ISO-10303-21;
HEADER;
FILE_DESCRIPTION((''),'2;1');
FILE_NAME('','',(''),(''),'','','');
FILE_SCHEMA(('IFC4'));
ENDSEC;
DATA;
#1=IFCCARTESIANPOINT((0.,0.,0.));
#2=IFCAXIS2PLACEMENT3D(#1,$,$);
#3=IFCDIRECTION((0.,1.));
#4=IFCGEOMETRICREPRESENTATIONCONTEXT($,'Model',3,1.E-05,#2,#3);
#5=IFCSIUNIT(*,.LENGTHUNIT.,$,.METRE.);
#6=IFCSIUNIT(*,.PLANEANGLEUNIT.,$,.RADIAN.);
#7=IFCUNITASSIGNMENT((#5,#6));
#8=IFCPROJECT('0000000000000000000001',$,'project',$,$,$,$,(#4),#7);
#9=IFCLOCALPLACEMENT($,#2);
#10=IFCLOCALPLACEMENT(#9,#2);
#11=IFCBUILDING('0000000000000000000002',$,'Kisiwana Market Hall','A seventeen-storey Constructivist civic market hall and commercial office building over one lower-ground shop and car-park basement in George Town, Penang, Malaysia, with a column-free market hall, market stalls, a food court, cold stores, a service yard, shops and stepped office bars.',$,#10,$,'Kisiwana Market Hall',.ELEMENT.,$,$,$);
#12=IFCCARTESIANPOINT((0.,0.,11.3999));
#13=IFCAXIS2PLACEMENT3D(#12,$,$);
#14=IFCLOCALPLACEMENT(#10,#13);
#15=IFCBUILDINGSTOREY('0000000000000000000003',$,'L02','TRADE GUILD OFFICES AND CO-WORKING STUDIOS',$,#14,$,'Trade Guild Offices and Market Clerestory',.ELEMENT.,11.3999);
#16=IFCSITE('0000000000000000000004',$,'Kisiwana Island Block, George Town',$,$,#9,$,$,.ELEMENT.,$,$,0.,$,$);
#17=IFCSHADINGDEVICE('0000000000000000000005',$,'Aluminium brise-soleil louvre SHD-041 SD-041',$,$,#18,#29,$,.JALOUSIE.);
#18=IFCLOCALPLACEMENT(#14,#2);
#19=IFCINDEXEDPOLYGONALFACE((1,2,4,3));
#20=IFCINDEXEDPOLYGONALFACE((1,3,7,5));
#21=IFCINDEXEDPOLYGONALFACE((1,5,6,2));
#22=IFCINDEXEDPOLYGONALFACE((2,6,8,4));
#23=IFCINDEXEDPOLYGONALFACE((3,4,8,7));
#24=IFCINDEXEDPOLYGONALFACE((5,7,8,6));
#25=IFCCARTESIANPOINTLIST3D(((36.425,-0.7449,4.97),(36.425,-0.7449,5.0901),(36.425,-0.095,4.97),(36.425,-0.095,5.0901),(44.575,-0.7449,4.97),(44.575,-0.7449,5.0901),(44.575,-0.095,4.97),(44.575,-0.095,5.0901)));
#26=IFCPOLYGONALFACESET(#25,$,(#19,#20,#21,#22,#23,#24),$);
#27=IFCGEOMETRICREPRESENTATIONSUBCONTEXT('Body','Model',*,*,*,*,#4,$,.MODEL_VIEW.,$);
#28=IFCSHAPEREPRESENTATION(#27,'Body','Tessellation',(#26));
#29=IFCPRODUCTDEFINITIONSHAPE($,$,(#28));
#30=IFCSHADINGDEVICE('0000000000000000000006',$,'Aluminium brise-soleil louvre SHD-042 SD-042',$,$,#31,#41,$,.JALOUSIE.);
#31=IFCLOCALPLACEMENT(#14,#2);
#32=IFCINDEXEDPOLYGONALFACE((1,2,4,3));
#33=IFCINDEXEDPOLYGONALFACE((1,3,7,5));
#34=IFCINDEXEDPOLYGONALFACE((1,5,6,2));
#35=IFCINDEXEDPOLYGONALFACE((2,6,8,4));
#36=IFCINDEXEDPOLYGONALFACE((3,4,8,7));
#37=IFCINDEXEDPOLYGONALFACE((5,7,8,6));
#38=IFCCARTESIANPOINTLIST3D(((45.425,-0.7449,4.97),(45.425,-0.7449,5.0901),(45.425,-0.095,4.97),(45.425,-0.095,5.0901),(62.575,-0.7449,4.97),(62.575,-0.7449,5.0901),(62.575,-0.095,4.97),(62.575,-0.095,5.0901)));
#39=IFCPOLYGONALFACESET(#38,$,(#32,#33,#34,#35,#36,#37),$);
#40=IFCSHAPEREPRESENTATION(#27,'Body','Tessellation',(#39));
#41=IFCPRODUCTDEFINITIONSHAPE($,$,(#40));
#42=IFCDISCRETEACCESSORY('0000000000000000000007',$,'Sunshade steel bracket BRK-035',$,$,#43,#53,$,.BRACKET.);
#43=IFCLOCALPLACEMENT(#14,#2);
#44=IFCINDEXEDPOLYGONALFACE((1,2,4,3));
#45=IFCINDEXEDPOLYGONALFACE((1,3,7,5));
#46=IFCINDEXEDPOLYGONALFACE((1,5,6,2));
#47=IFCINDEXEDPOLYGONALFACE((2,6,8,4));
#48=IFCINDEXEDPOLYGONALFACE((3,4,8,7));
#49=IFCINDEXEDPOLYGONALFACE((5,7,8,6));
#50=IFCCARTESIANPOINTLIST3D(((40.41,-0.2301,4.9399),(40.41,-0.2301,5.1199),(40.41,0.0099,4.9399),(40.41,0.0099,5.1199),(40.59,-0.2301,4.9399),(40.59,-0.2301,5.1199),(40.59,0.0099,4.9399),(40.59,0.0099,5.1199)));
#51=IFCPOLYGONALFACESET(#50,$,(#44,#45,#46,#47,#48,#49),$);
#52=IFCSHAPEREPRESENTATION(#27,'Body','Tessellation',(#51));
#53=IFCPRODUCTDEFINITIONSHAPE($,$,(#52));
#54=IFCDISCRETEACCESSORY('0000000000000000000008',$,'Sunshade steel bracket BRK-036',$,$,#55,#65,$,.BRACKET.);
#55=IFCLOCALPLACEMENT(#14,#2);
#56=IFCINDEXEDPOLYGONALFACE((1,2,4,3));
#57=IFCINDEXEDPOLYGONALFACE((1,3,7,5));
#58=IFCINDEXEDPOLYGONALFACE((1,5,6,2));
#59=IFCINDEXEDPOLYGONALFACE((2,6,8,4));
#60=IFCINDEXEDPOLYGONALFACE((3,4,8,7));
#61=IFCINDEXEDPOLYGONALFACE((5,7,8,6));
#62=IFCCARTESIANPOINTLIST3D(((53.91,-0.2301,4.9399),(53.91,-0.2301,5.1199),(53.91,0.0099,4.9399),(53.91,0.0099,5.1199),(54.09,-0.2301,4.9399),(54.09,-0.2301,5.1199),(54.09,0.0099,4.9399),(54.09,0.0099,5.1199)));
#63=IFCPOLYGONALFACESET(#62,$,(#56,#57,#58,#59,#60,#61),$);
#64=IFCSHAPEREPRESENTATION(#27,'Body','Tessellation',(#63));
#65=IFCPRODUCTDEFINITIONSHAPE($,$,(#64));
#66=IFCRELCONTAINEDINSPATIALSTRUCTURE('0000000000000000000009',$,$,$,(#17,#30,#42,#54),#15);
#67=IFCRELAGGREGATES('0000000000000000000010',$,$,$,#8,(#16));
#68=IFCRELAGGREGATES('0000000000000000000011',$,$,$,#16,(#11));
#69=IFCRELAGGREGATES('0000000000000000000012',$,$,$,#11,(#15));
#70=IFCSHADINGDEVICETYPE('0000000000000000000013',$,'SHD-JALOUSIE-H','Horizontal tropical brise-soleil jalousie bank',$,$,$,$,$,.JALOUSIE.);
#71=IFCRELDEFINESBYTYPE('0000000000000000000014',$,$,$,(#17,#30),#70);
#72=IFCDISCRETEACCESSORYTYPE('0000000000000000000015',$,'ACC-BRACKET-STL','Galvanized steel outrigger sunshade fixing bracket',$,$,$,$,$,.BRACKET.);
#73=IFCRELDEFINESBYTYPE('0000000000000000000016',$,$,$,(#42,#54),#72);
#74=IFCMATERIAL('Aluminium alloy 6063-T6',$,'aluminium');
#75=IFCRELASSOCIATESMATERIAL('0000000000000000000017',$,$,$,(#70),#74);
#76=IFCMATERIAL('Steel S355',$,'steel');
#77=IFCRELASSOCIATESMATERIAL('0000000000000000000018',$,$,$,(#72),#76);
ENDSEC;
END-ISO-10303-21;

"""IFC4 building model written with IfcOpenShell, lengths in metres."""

from ifc_helpers import new_model, si_unit, direction, frame, origin, origin_2d, place, context, subcontext, project, spatial, rectangle, extrude, material, type_object, element, save


model = new_model("IFC4")

# Units and contexts
model_context = context("Model", 3, precision=1e-05, world=origin(), true_north=direction((0.0, 1.0)))
body_context = subcontext(model_context, "Body", "Model", "MODEL_VIEW")
ifc_project = project(units=[si_unit("LENGTHUNIT", "METRE"), si_unit("PLANEANGLEUNIT", "RADIAN")], contexts=[model_context])

# Site, building, storey
site_placement = place(None, origin())
site = spatial("IfcSite", under=ifc_project, at=site_placement, Name="Kisiwana Island Block, George Town", CompositionType="ELEMENT", RefElevation=0.0)
building_placement = place(site_placement, origin())
building = spatial("IfcBuilding", under=site, at=building_placement, Name="Kisiwana Market Hall", Description="A seventeen-storey Constructivist civic market hall and commercial office building over one lower-ground shop and car-park basement in George Town, Penang, Malaysia, with a column-free market hall, market stalls, a food court, cold stores, a service yard, shops and stepped office bars.", LongName="Kisiwana Market Hall", CompositionType="ELEMENT")
storey_placement = place(building_placement, frame((0.0, 0.0, 11.3999)))
storey = spatial("IfcBuildingStorey", under=building, at=storey_placement, Name="L02", Description="TRADE GUILD OFFICES AND CO-WORKING STUDIOS", LongName="Trade Guild Offices and Market Clerestory", CompositionType="ELEMENT", Elevation=11.3999)

# Shading devices
ifc_material_1 = material(Name="Aluminium alloy 6063-T6", Category="aluminium")
shading_device_type = type_object("IfcShadingDeviceType", Name="SHD-JALOUSIE-H", Description="Horizontal tropical brise-soleil jalousie bank", PredefinedType="JALOUSIE", material=ifc_material_1)
shading_device_1_placement = place(storey_placement, frame((40.5, -0.4199, 4.97), z_axis=(0.0, 0.0, 1.0), x_axis=(1.0, 0.0, 0.0)))
element("IfcShadingDevice", 1, at=shading_device_1_placement, inside=storey, type_object=shading_device_type, Name="Aluminium brise-soleil louvre SHD-041 SD-041", PredefinedType="JALOUSIE", context=body_context, shape_type="SweptSolid", body=[
    extrude(rectangle(XDim=8.1499, YDim=0.6499, at=origin_2d()), origin(), (0.0, 0.0, 1.0), 0.1201),
])
shading_device_2_placement = place(storey_placement, frame((54.0, -0.4199, 4.97), z_axis=(0.0, 0.0, 1.0), x_axis=(1.0, 0.0, 0.0)))
element("IfcShadingDevice", 2, at=shading_device_2_placement, inside=storey, type_object=shading_device_type, Name="Aluminium brise-soleil louvre SHD-042 SD-042", PredefinedType="JALOUSIE", context=body_context, shape_type="SweptSolid", body=[
    extrude(rectangle(XDim=17.1499, YDim=0.6499, at=origin_2d()), origin(), (0.0, 0.0, 1.0), 0.1201),
])

# Discrete accessories
ifc_material_2 = material(Name="Steel S355", Category="steel")
discrete_accessory_type = type_object("IfcDiscreteAccessoryType", Name="ACC-BRACKET-STL", Description="Galvanized steel outrigger sunshade fixing bracket", PredefinedType="BRACKET", material=ifc_material_2)
for number, where, z_axis, x_axis, name in (
    (3, (40.5, -0.1101, 4.9399), (0.0, 0.0, 1.0), (1.0, 0.0, 0.0), "Sunshade steel bracket BRK-035"),
    (4, (54.0, -0.1101, 4.9399), (0.0, 0.0, 1.0), (1.0, 0.0, 0.0), "Sunshade steel bracket BRK-036"),
):
    element("IfcDiscreteAccessory", number, at=place(storey_placement, frame(where, z_axis=z_axis, x_axis=x_axis)), inside=storey, type_object=discrete_accessory_type, Name=name, PredefinedType="BRACKET", context=body_context, shape_type="SweptSolid", body=[
        extrude(rectangle(XDim=0.1799, YDim=0.24, at=origin_2d()), origin(), (0.0, 0.0, 1.0), 0.1799),
    ])

save(model, "model.ifc")
